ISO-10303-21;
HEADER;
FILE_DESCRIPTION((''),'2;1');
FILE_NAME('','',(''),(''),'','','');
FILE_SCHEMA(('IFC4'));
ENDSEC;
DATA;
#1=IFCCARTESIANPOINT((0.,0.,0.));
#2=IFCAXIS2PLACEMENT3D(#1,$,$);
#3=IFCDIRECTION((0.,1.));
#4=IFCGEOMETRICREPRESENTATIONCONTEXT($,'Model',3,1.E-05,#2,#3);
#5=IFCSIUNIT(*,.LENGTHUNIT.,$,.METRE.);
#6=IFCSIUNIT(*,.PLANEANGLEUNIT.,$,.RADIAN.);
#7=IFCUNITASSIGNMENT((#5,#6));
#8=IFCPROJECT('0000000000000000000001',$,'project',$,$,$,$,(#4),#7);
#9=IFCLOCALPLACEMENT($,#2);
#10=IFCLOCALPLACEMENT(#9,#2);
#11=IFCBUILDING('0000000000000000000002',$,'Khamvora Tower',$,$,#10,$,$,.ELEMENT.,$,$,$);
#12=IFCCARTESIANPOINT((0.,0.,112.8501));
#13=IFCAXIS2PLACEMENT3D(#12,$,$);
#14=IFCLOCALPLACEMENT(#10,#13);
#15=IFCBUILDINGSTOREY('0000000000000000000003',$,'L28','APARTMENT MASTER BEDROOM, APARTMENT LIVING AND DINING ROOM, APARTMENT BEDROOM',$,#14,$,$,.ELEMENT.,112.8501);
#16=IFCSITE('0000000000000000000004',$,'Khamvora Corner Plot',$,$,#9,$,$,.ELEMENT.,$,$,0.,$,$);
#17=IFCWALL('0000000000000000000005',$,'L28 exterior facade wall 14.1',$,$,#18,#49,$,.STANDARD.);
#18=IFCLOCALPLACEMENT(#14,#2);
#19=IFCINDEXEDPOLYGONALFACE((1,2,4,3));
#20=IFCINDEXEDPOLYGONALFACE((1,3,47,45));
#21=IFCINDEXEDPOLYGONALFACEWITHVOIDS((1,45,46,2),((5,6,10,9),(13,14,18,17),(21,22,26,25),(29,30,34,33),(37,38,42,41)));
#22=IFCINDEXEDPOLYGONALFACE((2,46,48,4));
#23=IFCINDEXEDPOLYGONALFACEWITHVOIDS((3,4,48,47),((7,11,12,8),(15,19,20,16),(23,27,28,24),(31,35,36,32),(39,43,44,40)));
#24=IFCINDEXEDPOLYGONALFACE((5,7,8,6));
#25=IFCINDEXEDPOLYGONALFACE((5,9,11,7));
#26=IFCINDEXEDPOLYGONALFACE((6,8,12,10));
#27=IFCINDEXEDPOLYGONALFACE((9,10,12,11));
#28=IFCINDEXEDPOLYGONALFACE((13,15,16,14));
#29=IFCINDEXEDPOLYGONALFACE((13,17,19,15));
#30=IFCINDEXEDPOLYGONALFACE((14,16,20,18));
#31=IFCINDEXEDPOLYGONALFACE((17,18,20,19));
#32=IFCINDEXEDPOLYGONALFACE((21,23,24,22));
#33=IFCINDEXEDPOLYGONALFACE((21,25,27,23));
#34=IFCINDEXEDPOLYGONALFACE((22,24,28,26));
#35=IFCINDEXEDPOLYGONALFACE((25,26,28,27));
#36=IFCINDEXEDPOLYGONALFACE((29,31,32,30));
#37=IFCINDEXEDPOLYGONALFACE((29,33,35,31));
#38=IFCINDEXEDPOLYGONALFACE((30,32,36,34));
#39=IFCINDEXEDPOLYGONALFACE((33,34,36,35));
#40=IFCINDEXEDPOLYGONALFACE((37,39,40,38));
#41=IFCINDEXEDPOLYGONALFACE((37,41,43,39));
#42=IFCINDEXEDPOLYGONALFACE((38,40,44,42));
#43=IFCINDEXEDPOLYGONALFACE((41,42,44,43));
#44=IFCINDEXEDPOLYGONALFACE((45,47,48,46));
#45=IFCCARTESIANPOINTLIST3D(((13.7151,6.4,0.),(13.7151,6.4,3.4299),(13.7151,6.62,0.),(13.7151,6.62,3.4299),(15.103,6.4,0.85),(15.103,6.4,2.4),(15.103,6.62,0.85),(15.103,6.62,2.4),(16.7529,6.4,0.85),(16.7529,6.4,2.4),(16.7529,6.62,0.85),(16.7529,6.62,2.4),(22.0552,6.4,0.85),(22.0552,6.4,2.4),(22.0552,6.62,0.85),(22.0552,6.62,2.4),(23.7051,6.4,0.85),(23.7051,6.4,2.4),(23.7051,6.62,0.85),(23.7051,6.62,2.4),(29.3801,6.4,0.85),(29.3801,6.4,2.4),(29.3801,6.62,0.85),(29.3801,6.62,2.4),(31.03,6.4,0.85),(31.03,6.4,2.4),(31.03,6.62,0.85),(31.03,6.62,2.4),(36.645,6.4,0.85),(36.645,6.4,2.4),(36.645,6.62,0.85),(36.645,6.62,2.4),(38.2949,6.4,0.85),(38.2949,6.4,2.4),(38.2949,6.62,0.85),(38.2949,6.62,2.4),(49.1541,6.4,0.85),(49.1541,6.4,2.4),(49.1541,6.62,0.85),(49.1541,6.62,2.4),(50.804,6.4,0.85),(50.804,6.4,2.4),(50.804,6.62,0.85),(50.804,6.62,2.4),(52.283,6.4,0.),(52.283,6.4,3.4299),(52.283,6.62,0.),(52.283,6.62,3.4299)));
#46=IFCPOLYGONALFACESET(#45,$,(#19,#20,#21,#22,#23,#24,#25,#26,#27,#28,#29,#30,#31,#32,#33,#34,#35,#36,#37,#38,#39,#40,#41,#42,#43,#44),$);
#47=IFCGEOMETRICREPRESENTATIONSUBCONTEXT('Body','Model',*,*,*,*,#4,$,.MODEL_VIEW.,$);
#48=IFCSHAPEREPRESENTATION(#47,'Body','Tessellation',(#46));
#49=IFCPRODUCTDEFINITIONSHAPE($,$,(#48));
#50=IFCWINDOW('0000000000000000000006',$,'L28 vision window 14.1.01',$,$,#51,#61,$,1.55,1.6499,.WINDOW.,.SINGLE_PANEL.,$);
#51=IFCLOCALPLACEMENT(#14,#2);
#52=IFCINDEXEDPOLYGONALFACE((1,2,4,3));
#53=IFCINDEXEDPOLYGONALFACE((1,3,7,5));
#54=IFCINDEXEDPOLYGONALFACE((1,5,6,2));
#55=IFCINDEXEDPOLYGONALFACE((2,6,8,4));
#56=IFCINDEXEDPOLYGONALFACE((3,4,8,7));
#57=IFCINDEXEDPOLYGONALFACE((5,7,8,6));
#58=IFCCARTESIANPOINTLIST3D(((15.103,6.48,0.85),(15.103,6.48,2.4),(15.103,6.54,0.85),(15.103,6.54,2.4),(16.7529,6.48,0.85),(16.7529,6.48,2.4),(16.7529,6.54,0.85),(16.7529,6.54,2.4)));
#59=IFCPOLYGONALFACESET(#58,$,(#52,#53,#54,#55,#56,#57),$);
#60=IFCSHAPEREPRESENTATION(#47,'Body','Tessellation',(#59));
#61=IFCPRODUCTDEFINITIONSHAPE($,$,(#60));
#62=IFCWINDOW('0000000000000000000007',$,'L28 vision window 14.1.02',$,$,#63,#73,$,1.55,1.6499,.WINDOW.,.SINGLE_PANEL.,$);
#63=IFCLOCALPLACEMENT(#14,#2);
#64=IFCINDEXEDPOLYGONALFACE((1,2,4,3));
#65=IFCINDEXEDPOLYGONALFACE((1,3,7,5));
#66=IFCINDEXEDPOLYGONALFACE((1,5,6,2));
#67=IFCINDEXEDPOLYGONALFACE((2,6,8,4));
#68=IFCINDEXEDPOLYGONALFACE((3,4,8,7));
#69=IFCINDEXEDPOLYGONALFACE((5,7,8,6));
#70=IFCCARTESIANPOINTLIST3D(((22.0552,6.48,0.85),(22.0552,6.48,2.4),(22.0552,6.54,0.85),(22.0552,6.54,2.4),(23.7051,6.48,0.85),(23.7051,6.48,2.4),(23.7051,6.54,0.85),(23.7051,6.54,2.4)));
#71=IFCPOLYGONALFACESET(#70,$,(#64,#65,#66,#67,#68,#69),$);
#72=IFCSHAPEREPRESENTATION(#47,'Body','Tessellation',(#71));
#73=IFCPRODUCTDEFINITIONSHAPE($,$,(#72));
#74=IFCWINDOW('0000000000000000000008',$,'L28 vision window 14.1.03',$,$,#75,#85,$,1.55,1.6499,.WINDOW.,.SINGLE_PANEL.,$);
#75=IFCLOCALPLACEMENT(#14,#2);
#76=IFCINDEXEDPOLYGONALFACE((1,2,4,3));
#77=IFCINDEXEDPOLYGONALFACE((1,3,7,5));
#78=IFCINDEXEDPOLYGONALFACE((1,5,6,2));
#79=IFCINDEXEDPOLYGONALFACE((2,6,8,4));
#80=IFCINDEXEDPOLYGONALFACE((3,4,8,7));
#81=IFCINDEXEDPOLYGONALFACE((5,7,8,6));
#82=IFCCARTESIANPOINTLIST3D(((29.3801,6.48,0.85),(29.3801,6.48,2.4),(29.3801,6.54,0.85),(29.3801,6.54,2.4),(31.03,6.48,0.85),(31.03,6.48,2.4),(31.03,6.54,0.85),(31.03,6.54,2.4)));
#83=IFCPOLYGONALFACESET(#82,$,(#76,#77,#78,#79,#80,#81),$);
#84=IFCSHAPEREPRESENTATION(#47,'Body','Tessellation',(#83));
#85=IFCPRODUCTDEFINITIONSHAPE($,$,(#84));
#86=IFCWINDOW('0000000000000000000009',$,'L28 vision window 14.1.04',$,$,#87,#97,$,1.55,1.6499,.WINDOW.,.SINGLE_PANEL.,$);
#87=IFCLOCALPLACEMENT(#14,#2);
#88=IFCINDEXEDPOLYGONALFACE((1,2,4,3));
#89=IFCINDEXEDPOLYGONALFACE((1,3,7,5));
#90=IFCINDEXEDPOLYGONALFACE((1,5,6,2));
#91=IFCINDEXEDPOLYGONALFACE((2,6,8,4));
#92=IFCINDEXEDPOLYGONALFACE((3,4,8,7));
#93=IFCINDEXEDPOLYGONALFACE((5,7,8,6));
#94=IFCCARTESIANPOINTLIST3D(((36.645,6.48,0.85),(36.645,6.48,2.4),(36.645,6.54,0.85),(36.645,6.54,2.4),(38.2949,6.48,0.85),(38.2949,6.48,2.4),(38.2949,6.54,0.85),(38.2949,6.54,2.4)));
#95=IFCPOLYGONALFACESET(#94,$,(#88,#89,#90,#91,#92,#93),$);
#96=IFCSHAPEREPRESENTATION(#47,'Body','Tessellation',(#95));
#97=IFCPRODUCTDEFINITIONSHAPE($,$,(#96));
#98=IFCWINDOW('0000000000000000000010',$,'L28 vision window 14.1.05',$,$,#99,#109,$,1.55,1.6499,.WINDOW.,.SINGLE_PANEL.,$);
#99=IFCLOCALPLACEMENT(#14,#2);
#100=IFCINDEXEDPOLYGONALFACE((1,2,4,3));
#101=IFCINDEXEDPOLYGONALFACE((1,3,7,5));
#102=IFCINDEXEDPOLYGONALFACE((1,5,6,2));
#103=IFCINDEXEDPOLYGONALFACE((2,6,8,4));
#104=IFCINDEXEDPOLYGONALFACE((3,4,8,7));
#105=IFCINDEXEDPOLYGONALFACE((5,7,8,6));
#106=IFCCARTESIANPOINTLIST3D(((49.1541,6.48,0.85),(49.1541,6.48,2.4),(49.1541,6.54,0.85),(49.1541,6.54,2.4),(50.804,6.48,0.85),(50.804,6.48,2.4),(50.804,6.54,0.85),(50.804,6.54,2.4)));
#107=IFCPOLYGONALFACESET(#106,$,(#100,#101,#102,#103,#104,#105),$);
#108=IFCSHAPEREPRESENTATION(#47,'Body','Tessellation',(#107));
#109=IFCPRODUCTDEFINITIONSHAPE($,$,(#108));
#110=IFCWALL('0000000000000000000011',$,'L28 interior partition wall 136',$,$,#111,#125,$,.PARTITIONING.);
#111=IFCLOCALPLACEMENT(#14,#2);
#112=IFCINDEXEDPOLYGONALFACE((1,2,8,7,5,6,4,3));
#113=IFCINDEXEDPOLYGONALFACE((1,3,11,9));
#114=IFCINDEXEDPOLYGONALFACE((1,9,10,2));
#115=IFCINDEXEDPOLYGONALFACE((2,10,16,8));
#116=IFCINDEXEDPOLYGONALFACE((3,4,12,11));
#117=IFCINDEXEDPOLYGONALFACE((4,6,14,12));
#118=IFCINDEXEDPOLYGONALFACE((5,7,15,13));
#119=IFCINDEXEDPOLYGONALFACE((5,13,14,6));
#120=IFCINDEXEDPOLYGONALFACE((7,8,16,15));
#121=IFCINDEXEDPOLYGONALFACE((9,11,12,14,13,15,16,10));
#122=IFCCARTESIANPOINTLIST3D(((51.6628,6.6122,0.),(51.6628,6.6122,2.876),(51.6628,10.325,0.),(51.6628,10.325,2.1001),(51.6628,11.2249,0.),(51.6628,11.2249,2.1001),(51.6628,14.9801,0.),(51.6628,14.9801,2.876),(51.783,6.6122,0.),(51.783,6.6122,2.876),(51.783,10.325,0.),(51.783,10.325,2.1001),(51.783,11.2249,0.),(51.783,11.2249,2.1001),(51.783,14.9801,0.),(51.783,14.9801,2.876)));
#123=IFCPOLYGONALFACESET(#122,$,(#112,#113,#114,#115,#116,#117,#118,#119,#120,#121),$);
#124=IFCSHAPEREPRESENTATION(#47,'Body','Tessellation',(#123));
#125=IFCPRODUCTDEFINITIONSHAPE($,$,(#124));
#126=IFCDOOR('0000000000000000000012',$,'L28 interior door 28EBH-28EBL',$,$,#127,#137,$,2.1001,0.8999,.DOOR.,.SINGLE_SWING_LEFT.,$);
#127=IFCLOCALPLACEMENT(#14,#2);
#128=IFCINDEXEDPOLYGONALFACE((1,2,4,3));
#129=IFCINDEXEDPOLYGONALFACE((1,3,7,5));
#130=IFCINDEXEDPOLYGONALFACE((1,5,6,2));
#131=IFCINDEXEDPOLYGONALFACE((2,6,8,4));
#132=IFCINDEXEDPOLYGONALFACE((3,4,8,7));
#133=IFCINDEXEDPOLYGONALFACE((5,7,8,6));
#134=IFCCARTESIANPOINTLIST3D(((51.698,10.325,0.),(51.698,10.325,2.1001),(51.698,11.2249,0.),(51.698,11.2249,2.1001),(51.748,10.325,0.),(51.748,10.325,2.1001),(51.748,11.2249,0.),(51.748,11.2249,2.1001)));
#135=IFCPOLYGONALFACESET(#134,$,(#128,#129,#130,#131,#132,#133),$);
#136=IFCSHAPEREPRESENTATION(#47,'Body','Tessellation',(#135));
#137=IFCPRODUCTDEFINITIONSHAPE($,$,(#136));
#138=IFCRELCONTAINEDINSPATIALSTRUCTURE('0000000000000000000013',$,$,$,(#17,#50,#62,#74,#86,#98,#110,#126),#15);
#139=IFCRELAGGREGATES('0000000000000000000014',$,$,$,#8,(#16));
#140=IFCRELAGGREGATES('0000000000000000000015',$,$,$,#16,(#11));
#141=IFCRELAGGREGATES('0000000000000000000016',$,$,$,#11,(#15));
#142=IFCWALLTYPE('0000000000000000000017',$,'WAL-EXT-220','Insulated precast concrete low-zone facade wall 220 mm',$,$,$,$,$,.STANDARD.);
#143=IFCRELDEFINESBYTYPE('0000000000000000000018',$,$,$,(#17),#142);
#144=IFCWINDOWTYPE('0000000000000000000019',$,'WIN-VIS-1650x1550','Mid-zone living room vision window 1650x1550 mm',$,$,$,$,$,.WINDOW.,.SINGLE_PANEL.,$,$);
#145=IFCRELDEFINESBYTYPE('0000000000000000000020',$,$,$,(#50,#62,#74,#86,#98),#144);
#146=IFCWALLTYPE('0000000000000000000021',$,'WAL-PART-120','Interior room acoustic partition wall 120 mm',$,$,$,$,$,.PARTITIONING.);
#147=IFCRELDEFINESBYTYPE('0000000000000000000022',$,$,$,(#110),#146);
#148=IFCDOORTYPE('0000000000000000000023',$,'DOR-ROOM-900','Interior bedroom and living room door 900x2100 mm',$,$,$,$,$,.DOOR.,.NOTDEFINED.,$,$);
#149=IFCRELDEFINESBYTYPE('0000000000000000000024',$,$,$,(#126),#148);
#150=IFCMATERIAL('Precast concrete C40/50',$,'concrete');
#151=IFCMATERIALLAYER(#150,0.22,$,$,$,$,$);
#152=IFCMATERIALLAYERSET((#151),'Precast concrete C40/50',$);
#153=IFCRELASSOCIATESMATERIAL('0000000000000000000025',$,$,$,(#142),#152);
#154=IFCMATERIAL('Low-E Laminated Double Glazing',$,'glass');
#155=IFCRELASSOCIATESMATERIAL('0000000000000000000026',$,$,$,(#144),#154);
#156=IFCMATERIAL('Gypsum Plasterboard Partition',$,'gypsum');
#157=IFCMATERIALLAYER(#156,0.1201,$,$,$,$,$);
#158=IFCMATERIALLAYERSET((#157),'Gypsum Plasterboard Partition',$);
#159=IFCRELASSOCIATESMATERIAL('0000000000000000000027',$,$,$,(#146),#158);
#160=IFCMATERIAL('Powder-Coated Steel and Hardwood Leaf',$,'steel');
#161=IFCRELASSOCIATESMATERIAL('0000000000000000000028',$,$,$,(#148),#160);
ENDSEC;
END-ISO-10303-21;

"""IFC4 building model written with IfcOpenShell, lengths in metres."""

from ifc_helpers import new_model, si_unit, direction, frame, frame_2d, origin, place, context, subcontext, project, spatial, rectangle, extrude, material, layer, layer_set, type_object, element, fill, save


model = new_model("IFC4")

# Units and contexts
model_context = context("Model", 3, precision=1e-05, world=origin(), true_north=direction((0.0, 1.0)))
body_context = subcontext(model_context, "Body", "Model", "MODEL_VIEW")
ifc_project = project(units=[si_unit("LENGTHUNIT", "METRE"), si_unit("PLANEANGLEUNIT", "RADIAN")], contexts=[model_context])

# Site, building, storey
site_placement = place(None, origin())
site = spatial("IfcSite", under=ifc_project, at=site_placement, Name="Khamvora Corner Plot", CompositionType="ELEMENT", RefElevation=0.0)
building_placement = place(site_placement, origin())
building = spatial("IfcBuilding", under=site, at=building_placement, Name="Khamvora Tower", CompositionType="ELEMENT")
storey_placement = place(building_placement, frame((0.0, 0.0, 112.8501)))
storey = spatial("IfcBuildingStorey", under=building, at=storey_placement, Name="L28", Description="APARTMENT MASTER BEDROOM, APARTMENT LIVING AND DINING ROOM, APARTMENT BEDROOM", CompositionType="ELEMENT", Elevation=112.8501)

# Shared definitions
ifc_material_1 = material(Name="Precast concrete C40/50", Category="concrete")
ifc_layer_1 = layer(ifc_material_1, 0.22)
ifc_layer_set_1 = layer_set([ifc_layer_1], Name="Precast concrete C40/50")
wall_type_1 = type_object("IfcWallType", Name="WAL-EXT-220", Description="Insulated precast concrete low-zone facade wall 220 mm", PredefinedType="STANDARD", material=ifc_layer_set_1)

# Wall, openings, windows
wall_1_placement = place(storey_placement, frame((52.283, 6.51, 0.0), z_axis=(0.0, 0.0, 1.0), x_axis=(-1.0, 0.0, 0.0)))
wall_1 = element("IfcWall", 1, at=wall_1_placement, inside=storey, type_object=wall_type_1, Name="L28 exterior facade wall 14.1", PredefinedType="STANDARD", context=body_context, shape_type="SweptSolid", body=[
    extrude(rectangle(XDim=38.5679, YDim=0.22, at=frame_2d((19.2839, 0.0))), origin(), (0.0, 0.0, 1.0), 3.4299),
])
opening_1_placement = place(wall_1_placement, frame((35.53, 0.0, 0.8501)))
opening_1 = element("IfcOpeningElement", 2, at=opening_1_placement, cuts=wall_1, PredefinedType="OPENING", context=body_context, shape_type="SweptSolid", body=[
    extrude(rectangle(XDim=1.6499, YDim=1.55, at=frame_2d((0.825, 0.7749))), frame((0.0, 0.1199, 0.0), z_axis=(0.0, -1.0, 0.0), x_axis=(1.0, 0.0, 0.0)), (0.0, 0.0, 1.0), 0.24),
])
opening_2_placement = place(wall_1_placement, frame((28.5779, 0.0, 0.8501)))
opening_2 = element("IfcOpeningElement", 3, at=opening_2_placement, cuts=wall_1, PredefinedType="OPENING", context=body_context, shape_type="SweptSolid", body=[
    extrude(rectangle(XDim=1.6499, YDim=1.55, at=frame_2d((0.825, 0.7749))), frame((0.0, 0.1199, 0.0), z_axis=(0.0, -1.0, 0.0), x_axis=(1.0, 0.0, 0.0)), (0.0, 0.0, 1.0), 0.24),
])
opening_3_placement = place(wall_1_placement, frame((21.2529, 0.0, 0.8501)))
opening_3 = element("IfcOpeningElement", 4, at=opening_3_placement, cuts=wall_1, PredefinedType="OPENING", context=body_context, shape_type="SweptSolid", body=[
    extrude(rectangle(XDim=1.6499, YDim=1.55, at=frame_2d((0.825, 0.7749))), frame((0.0, 0.1199, 0.0), z_axis=(0.0, -1.0, 0.0), x_axis=(1.0, 0.0, 0.0)), (0.0, 0.0, 1.0), 0.24),
])
opening_4_placement = place(wall_1_placement, frame((13.988, 0.0, 0.8501)))
opening_4 = element("IfcOpeningElement", 5, at=opening_4_placement, cuts=wall_1, PredefinedType="OPENING", context=body_context, shape_type="SweptSolid", body=[
    extrude(rectangle(XDim=1.6499, YDim=1.55, at=frame_2d((0.825, 0.7749))), frame((0.0, 0.1199, 0.0), z_axis=(0.0, -1.0, 0.0), x_axis=(1.0, 0.0, 0.0)), (0.0, 0.0, 1.0), 0.24),
])
opening_5_placement = place(wall_1_placement, frame((1.479, 0.0, 0.8501)))
opening_5 = element("IfcOpeningElement", 6, at=opening_5_placement, cuts=wall_1, PredefinedType="OPENING", context=body_context, shape_type="SweptSolid", body=[
    extrude(rectangle(XDim=1.6499, YDim=1.55, at=frame_2d((0.825, 0.7749))), frame((0.0, 0.1199, 0.0), z_axis=(0.0, -1.0, 0.0), x_axis=(1.0, 0.0, 0.0)), (0.0, 0.0, 1.0), 0.24),
])
ifc_material_2 = material(Name="Low-E Laminated Double Glazing", Category="glass")
window_type = type_object("IfcWindowType", Name="WIN-VIS-1650x1550", Description="Mid-zone living room vision window 1650x1550 mm", PartitioningType="SINGLE_PANEL", PredefinedType="WINDOW", material=ifc_material_2)
window_1_placement = place(opening_1_placement, origin())
window_1 = element("IfcWindow", 7, at=window_1_placement, inside=storey, type_object=window_type, Name="L28 vision window 14.1.01", OverallHeight=1.55, OverallWidth=1.6499, PartitioningType="SINGLE_PANEL", PredefinedType="WINDOW", context=body_context, shape_type="SweptSolid", body=[
    extrude(rectangle(XDim=1.6499, YDim=1.55, at=frame_2d((0.825, 0.7749))), frame((0.0, 0.03, 0.0), z_axis=(0.0, -1.0, 0.0), x_axis=(1.0, 0.0, 0.0)), (0.0, 0.0, 1.0), 0.0601),
])
fill(opening_1, window_1)
window_2_placement = place(opening_2_placement, origin())
window_2 = element("IfcWindow", 8, at=window_2_placement, inside=storey, type_object=window_type, Name="L28 vision window 14.1.02", OverallHeight=1.55, OverallWidth=1.6499, PartitioningType="SINGLE_PANEL", PredefinedType="WINDOW", context=body_context, shape_type="SweptSolid", body=[
    extrude(rectangle(XDim=1.6499, YDim=1.55, at=frame_2d((0.825, 0.7749))), frame((0.0, 0.03, 0.0), z_axis=(0.0, -1.0, 0.0), x_axis=(1.0, 0.0, 0.0)), (0.0, 0.0, 1.0), 0.0601),
])
fill(opening_2, window_2)
window_3_placement = place(opening_3_placement, origin())
window_3 = element("IfcWindow", 9, at=window_3_placement, inside=storey, type_object=window_type, Name="L28 vision window 14.1.03", OverallHeight=1.55, OverallWidth=1.6499, PartitioningType="SINGLE_PANEL", PredefinedType="WINDOW", context=body_context, shape_type="SweptSolid", body=[
    extrude(rectangle(XDim=1.6499, YDim=1.55, at=frame_2d((0.825, 0.7749))), frame((0.0, 0.03, 0.0), z_axis=(0.0, -1.0, 0.0), x_axis=(1.0, 0.0, 0.0)), (0.0, 0.0, 1.0), 0.0601),
])
fill(opening_3, window_3)
window_4_placement = place(opening_4_placement, origin())
window_4 = element("IfcWindow", 10, at=window_4_placement, inside=storey, type_object=window_type, Name="L28 vision window 14.1.04", OverallHeight=1.55, OverallWidth=1.6499, PartitioningType="SINGLE_PANEL", PredefinedType="WINDOW", context=body_context, shape_type="SweptSolid", body=[
    extrude(rectangle(XDim=1.6499, YDim=1.55, at=frame_2d((0.825, 0.7749))), frame((0.0, 0.03, 0.0), z_axis=(0.0, -1.0, 0.0), x_axis=(1.0, 0.0, 0.0)), (0.0, 0.0, 1.0), 0.0601),
])
fill(opening_4, window_4)
window_5_placement = place(opening_5_placement, origin())
window_5 = element("IfcWindow", 11, at=window_5_placement, inside=storey, type_object=window_type, Name="L28 vision window 14.1.05", OverallHeight=1.55, OverallWidth=1.6499, PartitioningType="SINGLE_PANEL", PredefinedType="WINDOW", context=body_context, shape_type="SweptSolid", body=[
    extrude(rectangle(XDim=1.6499, YDim=1.55, at=frame_2d((0.825, 0.7749))), frame((0.0, 0.03, 0.0), z_axis=(0.0, -1.0, 0.0), x_axis=(1.0, 0.0, 0.0)), (0.0, 0.0, 1.0), 0.0601),
])
fill(opening_5, window_5)

# Wall, opening, door
ifc_material_3 = material(Name="Gypsum Plasterboard Partition", Category="gypsum")
ifc_layer_2 = layer(ifc_material_3, 0.1201)
ifc_layer_set_2 = layer_set([ifc_layer_2], Name="Gypsum Plasterboard Partition")
wall_type_2 = type_object("IfcWallType", Name="WAL-PART-120", Description="Interior room acoustic partition wall 120 mm", PredefinedType="PARTITIONING", material=ifc_layer_set_2)
wall_2_placement = place(storey_placement, frame((51.7229, 6.6121, 0.0), z_axis=(0.0, 0.0, 1.0), x_axis=(0.0, 1.0, 0.0)))
wall_2 = element("IfcWall", 12, at=wall_2_placement, inside=storey, type_object=wall_type_2, Name="L28 interior partition wall 136", PredefinedType="PARTITIONING", context=body_context, shape_type="SweptSolid", body=[
    extrude(rectangle(XDim=8.3679, YDim=0.1201, at=frame_2d((4.1841, 0.0))), origin(), (0.0, 0.0, 1.0), 2.876),
])
opening_6_placement = place(wall_2_placement, frame((3.7129, 0.0, 0.0)))
opening_6 = element("IfcOpeningElement", 13, at=opening_6_placement, cuts=wall_2, PredefinedType="OPENING", context=body_context, shape_type="SweptSolid", body=[
    extrude(rectangle(XDim=0.8999, YDim=2.1001, at=frame_2d((0.45, 1.05))), frame((0.0, 0.0701, 0.0), z_axis=(0.0, -1.0, 0.0), x_axis=(1.0, 0.0, 0.0)), (0.0, 0.0, 1.0), 0.1401),
])
ifc_material_4 = material(Name="Powder-Coated Steel and Hardwood Leaf", Category="steel")
door_type = type_object("IfcDoorType", Name="DOR-ROOM-900", Description="Interior bedroom and living room door 900x2100 mm", OperationType="NOTDEFINED", PredefinedType="DOOR", material=ifc_material_4)
door_1_placement = place(opening_6_placement, origin())
door_1 = element("IfcDoor", 14, at=door_1_placement, inside=storey, type_object=door_type, Name="L28 interior door 28EBH-28EBL", OperationType="SINGLE_SWING_LEFT", OverallHeight=2.1001, OverallWidth=0.8999, PredefinedType="DOOR", context=body_context, shape_type="SweptSolid", body=[
    extrude(rectangle(XDim=0.8999, YDim=2.1001, at=frame_2d((0.45, 1.05))), frame((0.0, 0.0249, 0.0), z_axis=(0.0, -1.0, 0.0), x_axis=(1.0, 0.0, 0.0)), (0.0, 0.0, 1.0), 0.05),
])
fill(opening_6, door_1)

save(model, "model.ifc")
